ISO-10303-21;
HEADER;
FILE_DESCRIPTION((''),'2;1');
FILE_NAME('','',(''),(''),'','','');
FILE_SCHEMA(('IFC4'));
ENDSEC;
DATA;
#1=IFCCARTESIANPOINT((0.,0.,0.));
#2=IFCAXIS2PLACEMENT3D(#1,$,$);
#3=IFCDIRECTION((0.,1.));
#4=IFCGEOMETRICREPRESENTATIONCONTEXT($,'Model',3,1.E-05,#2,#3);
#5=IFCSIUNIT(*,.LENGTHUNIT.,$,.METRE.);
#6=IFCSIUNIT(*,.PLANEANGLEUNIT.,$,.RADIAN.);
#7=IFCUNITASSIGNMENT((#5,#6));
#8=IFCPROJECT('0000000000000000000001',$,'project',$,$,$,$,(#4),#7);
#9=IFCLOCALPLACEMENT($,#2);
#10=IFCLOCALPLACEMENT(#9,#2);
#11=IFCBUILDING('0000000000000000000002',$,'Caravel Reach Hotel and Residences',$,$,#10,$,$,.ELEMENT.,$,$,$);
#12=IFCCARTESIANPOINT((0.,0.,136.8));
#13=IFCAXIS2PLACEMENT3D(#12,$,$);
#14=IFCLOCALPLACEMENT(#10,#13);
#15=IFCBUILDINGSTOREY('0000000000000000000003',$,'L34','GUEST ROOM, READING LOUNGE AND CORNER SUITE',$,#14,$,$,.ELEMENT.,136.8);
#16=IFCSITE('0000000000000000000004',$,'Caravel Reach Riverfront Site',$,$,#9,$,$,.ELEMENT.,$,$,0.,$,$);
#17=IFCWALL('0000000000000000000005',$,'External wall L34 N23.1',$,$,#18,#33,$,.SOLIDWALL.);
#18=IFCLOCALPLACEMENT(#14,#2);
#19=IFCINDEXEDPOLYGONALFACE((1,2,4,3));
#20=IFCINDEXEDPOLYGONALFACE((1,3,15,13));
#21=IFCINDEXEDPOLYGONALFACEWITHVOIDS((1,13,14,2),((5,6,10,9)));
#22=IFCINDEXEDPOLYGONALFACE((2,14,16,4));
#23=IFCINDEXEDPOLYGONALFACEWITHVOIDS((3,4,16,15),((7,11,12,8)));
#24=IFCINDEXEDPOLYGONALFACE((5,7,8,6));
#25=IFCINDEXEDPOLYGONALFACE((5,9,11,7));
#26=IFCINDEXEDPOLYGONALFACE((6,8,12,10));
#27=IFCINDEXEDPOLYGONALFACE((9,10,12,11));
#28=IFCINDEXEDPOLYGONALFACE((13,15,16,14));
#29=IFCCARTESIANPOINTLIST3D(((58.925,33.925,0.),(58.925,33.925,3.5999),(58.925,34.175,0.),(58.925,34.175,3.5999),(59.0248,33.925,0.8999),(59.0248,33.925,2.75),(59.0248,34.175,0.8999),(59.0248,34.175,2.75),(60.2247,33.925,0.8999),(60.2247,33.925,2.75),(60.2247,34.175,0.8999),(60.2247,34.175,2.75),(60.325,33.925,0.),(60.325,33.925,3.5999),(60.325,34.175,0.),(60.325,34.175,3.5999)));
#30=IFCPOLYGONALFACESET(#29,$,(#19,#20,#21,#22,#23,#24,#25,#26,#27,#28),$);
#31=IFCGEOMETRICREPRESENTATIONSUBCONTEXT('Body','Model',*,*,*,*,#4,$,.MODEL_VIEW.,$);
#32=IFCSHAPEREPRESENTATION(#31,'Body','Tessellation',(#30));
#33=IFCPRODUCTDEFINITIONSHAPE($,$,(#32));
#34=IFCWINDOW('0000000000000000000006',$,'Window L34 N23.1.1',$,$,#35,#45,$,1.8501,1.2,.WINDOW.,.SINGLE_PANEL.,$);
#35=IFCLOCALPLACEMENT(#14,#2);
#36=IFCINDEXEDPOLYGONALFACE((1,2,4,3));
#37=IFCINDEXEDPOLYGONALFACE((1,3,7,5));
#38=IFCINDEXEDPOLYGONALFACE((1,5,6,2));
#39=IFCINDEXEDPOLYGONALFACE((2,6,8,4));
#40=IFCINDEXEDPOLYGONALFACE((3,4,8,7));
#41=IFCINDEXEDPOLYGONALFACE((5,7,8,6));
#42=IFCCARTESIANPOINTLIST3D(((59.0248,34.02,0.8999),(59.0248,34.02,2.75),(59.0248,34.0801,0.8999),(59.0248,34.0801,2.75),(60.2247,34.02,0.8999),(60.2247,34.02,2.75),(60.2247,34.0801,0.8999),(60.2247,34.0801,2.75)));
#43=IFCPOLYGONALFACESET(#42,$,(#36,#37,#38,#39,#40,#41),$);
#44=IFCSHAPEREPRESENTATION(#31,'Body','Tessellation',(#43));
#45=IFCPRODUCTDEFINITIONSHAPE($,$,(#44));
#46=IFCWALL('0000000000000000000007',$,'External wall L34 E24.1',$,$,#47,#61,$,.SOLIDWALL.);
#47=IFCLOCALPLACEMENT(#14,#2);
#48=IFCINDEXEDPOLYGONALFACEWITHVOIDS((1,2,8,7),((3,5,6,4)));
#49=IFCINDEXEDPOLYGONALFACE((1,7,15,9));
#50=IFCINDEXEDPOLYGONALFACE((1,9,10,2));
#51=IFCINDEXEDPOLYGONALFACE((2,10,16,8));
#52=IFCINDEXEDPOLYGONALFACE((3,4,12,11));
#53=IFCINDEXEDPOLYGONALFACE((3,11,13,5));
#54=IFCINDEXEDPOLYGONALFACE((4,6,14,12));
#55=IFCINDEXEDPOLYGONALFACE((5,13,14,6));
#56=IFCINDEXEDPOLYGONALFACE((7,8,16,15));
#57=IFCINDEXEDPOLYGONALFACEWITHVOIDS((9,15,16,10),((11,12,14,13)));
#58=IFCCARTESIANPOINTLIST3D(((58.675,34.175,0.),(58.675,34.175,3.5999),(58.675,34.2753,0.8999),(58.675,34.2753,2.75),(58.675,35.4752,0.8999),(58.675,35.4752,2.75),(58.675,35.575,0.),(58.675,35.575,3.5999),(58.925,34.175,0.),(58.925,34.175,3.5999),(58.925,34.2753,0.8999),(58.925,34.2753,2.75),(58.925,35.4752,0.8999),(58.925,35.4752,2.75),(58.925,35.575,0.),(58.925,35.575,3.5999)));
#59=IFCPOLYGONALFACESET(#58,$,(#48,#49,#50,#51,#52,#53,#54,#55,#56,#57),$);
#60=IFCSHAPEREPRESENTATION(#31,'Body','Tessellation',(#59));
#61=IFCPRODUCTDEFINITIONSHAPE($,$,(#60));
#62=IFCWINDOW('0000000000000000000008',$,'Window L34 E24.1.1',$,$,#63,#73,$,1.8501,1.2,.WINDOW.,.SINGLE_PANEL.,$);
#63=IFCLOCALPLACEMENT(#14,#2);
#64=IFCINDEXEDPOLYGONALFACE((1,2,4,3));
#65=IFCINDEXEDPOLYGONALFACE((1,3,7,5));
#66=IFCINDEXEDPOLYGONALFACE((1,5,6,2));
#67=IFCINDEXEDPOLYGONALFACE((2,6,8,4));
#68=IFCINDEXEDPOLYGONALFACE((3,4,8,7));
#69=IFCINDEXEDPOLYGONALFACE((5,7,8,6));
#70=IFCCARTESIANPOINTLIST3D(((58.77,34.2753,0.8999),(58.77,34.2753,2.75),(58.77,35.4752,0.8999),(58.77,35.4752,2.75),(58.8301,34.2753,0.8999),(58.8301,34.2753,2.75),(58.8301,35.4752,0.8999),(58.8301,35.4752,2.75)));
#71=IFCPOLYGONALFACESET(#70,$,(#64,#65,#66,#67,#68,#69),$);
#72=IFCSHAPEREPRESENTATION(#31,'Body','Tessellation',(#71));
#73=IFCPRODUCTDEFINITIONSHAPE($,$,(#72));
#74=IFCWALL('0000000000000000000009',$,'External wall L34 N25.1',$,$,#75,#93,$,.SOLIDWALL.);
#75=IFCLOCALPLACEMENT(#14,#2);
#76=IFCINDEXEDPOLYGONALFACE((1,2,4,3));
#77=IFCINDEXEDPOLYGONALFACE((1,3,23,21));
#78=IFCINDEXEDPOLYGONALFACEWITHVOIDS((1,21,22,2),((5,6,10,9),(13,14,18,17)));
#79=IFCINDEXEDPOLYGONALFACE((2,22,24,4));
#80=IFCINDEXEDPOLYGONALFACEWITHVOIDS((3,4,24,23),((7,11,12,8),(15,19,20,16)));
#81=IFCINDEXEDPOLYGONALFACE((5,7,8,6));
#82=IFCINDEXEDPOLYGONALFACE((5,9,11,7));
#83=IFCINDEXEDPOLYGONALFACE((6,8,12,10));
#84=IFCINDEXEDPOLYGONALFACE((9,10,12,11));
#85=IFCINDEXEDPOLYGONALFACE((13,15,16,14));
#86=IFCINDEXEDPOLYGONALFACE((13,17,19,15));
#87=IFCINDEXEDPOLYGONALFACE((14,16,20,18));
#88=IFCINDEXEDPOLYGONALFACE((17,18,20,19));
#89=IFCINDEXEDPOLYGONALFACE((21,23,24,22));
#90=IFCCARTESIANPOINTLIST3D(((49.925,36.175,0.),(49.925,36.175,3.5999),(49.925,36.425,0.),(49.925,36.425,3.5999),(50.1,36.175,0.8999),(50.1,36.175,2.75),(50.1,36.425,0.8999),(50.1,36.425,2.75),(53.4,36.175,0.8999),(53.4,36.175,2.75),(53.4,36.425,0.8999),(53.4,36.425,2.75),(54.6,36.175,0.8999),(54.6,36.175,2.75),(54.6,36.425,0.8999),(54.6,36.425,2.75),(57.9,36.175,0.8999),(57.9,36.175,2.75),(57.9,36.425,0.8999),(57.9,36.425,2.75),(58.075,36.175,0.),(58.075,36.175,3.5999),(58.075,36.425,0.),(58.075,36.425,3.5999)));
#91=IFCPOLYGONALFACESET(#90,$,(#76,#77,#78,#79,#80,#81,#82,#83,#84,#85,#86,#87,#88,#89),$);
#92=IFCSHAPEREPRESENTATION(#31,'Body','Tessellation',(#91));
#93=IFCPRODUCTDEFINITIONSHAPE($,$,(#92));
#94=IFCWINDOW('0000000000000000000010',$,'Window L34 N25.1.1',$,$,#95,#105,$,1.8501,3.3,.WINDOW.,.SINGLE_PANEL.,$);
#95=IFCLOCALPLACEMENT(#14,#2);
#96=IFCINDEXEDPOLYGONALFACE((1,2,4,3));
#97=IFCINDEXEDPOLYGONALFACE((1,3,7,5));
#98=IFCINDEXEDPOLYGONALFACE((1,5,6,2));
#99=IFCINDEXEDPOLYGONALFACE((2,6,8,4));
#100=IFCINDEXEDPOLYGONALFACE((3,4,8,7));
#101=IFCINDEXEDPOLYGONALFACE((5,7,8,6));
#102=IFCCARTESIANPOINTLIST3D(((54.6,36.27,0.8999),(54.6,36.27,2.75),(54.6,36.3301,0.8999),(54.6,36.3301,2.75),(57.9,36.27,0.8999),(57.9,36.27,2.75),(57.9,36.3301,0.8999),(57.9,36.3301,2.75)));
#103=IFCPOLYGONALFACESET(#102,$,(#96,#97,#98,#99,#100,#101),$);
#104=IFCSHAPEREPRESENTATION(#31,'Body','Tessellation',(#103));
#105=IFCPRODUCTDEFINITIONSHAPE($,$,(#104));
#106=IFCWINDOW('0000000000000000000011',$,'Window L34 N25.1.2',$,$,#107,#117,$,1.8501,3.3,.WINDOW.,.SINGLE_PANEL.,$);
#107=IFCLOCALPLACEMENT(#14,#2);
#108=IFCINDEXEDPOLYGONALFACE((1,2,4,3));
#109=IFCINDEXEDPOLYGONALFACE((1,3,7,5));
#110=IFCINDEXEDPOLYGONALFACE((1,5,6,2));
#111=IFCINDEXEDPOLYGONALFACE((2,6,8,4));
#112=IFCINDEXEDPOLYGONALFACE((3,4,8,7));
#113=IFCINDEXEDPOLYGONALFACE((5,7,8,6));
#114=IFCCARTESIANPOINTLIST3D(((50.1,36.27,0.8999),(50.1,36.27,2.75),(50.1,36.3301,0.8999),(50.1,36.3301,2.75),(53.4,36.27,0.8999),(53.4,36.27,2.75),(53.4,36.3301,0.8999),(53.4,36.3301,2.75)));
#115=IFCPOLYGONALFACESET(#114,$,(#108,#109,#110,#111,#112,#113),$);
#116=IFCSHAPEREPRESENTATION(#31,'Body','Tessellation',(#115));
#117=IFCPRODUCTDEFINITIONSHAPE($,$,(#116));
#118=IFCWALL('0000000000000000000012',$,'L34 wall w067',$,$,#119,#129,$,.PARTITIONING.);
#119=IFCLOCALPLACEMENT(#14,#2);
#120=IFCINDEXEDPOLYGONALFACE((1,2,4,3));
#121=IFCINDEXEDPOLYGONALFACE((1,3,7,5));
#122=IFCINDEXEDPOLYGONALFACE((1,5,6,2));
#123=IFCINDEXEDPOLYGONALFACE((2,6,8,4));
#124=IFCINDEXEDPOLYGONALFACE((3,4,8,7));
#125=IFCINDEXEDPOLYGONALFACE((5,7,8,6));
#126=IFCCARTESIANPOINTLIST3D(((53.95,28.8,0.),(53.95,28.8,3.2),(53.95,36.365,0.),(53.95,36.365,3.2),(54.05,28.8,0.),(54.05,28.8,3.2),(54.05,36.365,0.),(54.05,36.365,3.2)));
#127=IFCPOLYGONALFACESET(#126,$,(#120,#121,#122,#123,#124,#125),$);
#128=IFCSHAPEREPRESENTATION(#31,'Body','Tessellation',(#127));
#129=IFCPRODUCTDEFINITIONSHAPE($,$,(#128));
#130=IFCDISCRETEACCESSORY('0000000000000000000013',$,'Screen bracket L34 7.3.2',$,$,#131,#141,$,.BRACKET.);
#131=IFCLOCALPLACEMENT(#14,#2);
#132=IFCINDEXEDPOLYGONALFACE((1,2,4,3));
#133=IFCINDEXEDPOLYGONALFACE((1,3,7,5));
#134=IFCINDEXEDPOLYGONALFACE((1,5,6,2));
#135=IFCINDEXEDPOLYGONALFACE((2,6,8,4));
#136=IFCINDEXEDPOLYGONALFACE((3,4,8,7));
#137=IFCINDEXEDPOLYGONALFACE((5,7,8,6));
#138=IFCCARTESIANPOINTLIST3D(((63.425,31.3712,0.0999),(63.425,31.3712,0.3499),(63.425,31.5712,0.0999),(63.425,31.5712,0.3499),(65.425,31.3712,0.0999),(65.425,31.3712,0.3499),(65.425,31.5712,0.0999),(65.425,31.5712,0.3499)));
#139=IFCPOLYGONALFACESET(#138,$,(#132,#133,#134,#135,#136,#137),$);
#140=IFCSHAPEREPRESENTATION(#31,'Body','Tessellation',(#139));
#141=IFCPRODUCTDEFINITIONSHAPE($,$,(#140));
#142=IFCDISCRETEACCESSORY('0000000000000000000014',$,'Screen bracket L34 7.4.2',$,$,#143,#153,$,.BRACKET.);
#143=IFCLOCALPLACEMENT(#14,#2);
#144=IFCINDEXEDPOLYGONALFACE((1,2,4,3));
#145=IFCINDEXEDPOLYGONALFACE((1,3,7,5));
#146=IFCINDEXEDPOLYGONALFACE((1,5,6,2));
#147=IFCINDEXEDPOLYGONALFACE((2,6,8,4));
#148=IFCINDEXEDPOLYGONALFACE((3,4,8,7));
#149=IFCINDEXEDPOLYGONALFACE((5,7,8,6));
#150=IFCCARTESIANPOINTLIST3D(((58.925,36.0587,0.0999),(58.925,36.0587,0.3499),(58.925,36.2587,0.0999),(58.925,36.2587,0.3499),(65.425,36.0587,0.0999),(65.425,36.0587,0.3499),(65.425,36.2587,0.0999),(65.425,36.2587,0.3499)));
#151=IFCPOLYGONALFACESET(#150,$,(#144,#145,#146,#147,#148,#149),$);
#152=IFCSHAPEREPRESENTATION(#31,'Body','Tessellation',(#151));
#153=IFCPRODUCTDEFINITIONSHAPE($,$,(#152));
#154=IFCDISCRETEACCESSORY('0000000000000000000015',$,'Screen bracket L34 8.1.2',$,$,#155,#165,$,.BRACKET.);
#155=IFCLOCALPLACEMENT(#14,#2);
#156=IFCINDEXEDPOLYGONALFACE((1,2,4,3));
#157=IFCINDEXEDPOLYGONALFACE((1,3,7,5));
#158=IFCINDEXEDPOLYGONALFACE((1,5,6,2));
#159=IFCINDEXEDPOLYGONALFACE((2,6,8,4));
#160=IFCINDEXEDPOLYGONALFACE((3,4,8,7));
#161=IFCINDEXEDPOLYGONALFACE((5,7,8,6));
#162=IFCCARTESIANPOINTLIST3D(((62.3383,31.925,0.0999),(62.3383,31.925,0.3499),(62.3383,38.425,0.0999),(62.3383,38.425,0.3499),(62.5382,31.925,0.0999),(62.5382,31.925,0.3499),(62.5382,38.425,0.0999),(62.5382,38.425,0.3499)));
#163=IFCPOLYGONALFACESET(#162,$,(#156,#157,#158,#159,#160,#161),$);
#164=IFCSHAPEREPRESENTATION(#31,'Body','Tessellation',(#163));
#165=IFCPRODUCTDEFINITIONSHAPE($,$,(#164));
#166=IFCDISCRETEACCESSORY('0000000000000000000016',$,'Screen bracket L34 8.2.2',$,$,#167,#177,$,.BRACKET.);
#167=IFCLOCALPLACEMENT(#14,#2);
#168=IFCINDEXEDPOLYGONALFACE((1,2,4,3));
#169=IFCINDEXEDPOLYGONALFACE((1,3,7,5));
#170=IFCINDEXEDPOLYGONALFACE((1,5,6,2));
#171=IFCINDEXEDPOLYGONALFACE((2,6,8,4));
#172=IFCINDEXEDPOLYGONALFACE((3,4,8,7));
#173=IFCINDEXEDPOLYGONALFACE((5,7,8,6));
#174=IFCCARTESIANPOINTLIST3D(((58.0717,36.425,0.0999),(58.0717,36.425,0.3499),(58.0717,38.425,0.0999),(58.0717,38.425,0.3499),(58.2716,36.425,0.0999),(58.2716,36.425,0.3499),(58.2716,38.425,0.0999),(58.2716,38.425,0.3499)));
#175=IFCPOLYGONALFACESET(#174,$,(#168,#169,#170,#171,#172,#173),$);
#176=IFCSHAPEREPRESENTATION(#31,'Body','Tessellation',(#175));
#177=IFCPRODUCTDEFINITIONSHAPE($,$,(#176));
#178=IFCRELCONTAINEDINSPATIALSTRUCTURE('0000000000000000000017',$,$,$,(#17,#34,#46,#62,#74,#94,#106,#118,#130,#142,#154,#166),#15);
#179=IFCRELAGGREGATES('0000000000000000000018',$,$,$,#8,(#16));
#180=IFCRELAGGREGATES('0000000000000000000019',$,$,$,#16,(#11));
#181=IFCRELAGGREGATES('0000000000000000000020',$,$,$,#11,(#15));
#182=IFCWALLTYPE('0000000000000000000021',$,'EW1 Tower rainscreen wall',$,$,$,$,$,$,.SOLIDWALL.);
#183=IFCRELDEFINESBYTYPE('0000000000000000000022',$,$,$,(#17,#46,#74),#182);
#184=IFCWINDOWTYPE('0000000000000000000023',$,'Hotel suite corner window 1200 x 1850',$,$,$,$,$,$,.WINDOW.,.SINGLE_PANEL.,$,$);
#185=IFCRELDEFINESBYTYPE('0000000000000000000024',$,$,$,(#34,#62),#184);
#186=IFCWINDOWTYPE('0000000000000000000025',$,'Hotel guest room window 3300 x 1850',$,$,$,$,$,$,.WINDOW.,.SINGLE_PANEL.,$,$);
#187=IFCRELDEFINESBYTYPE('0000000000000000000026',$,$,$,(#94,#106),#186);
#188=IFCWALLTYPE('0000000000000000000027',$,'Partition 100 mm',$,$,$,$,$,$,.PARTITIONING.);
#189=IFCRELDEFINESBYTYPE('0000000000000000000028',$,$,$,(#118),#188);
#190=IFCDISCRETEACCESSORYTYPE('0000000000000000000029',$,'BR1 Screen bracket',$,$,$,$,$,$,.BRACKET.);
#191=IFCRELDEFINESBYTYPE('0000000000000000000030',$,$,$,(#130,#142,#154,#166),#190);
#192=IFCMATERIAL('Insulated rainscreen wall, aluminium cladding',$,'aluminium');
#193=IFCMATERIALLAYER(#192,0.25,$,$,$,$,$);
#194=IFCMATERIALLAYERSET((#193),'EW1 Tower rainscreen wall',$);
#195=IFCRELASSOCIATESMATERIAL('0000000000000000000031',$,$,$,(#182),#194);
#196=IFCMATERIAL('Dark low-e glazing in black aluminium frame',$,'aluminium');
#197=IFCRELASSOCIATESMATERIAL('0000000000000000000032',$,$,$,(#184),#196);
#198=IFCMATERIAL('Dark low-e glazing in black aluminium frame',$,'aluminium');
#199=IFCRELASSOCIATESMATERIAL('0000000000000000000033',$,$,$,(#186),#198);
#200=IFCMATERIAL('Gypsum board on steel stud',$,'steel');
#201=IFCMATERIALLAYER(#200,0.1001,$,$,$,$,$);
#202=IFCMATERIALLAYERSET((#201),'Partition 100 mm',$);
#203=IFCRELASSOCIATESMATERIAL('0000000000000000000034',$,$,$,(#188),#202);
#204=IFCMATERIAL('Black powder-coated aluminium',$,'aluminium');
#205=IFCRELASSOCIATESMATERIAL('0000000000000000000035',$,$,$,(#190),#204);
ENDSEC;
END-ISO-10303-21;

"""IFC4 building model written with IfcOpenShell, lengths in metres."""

from ifc_helpers import new_model, si_unit, direction, frame, frame_2d, origin, origin_2d, place, context, subcontext, project, spatial, rectangle, extrude, material, layer, layer_set, type_object, element, fill, save


model = new_model("IFC4")

# Units and contexts
model_context = context("Model", 3, precision=1e-05, world=origin(), true_north=direction((0.0, 1.0)))
body_context = subcontext(model_context, "Body", "Model", "MODEL_VIEW")
ifc_project = project(units=[si_unit("LENGTHUNIT", "METRE"), si_unit("PLANEANGLEUNIT", "RADIAN")], contexts=[model_context])

# Site, building, storey
site_placement = place(None, origin())
site = spatial("IfcSite", under=ifc_project, at=site_placement, Name="Caravel Reach Riverfront Site", CompositionType="ELEMENT", RefElevation=0.0)
building_placement = place(site_placement, origin())
building = spatial("IfcBuilding", under=site, at=building_placement, Name="Caravel Reach Hotel and Residences", CompositionType="ELEMENT")
storey_placement = place(building_placement, frame((0.0, 0.0, 136.8)))
storey = spatial("IfcBuildingStorey", under=building, at=storey_placement, Name="L34", Description="GUEST ROOM, READING LOUNGE AND CORNER SUITE", CompositionType="ELEMENT", Elevation=136.8)

# Walls, openings, windows
ifc_material_1 = material(Name="Insulated rainscreen wall, aluminium cladding", Category="aluminium")
ifc_layer_1 = layer(ifc_material_1, 0.25)
ifc_layer_set_1 = layer_set([ifc_layer_1], Name="EW1 Tower rainscreen wall")
wall_type_1 = type_object("IfcWallType", Name="EW1 Tower rainscreen wall", PredefinedType="SOLIDWALL", material=ifc_layer_set_1)
ifc_material_2 = material(Name="Dark low-e glazing in black aluminium frame", Category="aluminium")
window_type_1 = type_object("IfcWindowType", Name="Hotel suite corner window 1200 x 1850", PartitioningType="SINGLE_PANEL", PredefinedType="WINDOW", material=ifc_material_2)
wall_1_placement = place(storey_placement, frame((60.325, 34.05, 0.0), z_axis=(0.0, 0.0, 1.0), x_axis=(-1.0, 0.0, 0.0)))
wall_1 = element("IfcWall", 1, at=wall_1_placement, inside=storey, type_object=wall_type_1, Name="External wall L34 N23.1", PredefinedType="SOLIDWALL", context=body_context, shape_type="SweptSolid", body=[
    extrude(rectangle(XDim=1.3999, YDim=0.25, at=frame_2d((0.7, 0.0))), origin(), (0.0, 0.0, 1.0), 3.5999),
])
opening_1_placement = place(wall_1_placement, frame((0.1001, 0.0, 0.8999)))
opening_1 = element("IfcOpeningElement", 2, at=opening_1_placement, cuts=wall_1, PredefinedType="OPENING", context=body_context, shape_type="SweptSolid", body=[
    extrude(rectangle(XDim=1.2, YDim=1.8501, at=frame_2d((0.6001, 0.925))), frame((0.0, 0.135, 0.0), z_axis=(0.0, -1.0, 0.0), x_axis=(1.0, 0.0, 0.0)), (0.0, 0.0, 1.0), 0.27),
])
window_1_placement = place(opening_1_placement, origin())
window_1 = element("IfcWindow", 3, at=window_1_placement, inside=storey, type_object=window_type_1, Name="Window L34 N23.1.1", OverallHeight=1.8501, OverallWidth=1.2, PartitioningType="SINGLE_PANEL", PredefinedType="WINDOW", context=body_context, shape_type="SweptSolid", body=[
    extrude(rectangle(XDim=1.2, YDim=1.8501, at=frame_2d((0.6001, 0.925))), frame((0.0, 0.03, 0.0), z_axis=(0.0, -1.0, 0.0), x_axis=(1.0, 0.0, 0.0)), (0.0, 0.0, 1.0), 0.0601),
])
fill(opening_1, window_1)
wall_2_placement = place(storey_placement, frame((58.8, 34.175, 0.0), z_axis=(0.0, 0.0, 1.0), x_axis=(0.0, 1.0, 0.0)))
wall_2 = element("IfcWall", 4, at=wall_2_placement, inside=storey, type_object=wall_type_1, Name="External wall L34 E24.1", PredefinedType="SOLIDWALL", context=body_context, shape_type="SweptSolid", body=[
    extrude(rectangle(XDim=1.3999, YDim=0.25, at=frame_2d((0.7, 0.0))), origin(), (0.0, 0.0, 1.0), 3.5999),
])
opening_2_placement = place(wall_2_placement, frame((0.1001, 0.0, 0.8999)))
opening_2 = element("IfcOpeningElement", 5, at=opening_2_placement, cuts=wall_2, PredefinedType="OPENING", context=body_context, shape_type="SweptSolid", body=[
    extrude(rectangle(XDim=1.2, YDim=1.8501, at=frame_2d((0.6001, 0.925))), frame((0.0, 0.135, 0.0), z_axis=(0.0, -1.0, 0.0), x_axis=(1.0, 0.0, 0.0)), (0.0, 0.0, 1.0), 0.27),
])
window_2_placement = place(opening_2_placement, origin())
window_2 = element("IfcWindow", 6, at=window_2_placement, inside=storey, type_object=window_type_1, Name="Window L34 E24.1.1", OverallHeight=1.8501, OverallWidth=1.2, PartitioningType="SINGLE_PANEL", PredefinedType="WINDOW", context=body_context, shape_type="SweptSolid", body=[
    extrude(rectangle(XDim=1.2, YDim=1.8501, at=frame_2d((0.6001, 0.925))), frame((0.0, 0.03, 0.0), z_axis=(0.0, -1.0, 0.0), x_axis=(1.0, 0.0, 0.0)), (0.0, 0.0, 1.0), 0.0601),
])
fill(opening_2, window_2)

# Wall, openings, windows
wall_3_placement = place(storey_placement, frame((58.075, 36.3, 0.0), z_axis=(0.0, 0.0, 1.0), x_axis=(-1.0, 0.0, 0.0)))
wall_3 = element("IfcWall", 7, at=wall_3_placement, inside=storey, type_object=wall_type_1, Name="External wall L34 N25.1", PredefinedType="SOLIDWALL", context=body_context, shape_type="SweptSolid", body=[
    extrude(rectangle(XDim=8.1499, YDim=0.25, at=frame_2d((4.075, 0.0))), origin(), (0.0, 0.0, 1.0), 3.5999),
])
opening_3_placement = place(wall_3_placement, frame((0.175, 0.0, 0.8999)))
opening_3 = element("IfcOpeningElement", 8, at=opening_3_placement, cuts=wall_3, PredefinedType="OPENING", context=body_context, shape_type="SweptSolid", body=[
    extrude(rectangle(XDim=3.3, YDim=1.8501, at=frame_2d((1.6499, 0.925))), frame((0.0, 0.135, 0.0), z_axis=(0.0, -1.0, 0.0), x_axis=(1.0, 0.0, 0.0)), (0.0, 0.0, 1.0), 0.27),
])
opening_4_placement = place(wall_3_placement, frame((4.675, 0.0, 0.8999)))
opening_4 = element("IfcOpeningElement", 9, at=opening_4_placement, cuts=wall_3, PredefinedType="OPENING", context=body_context, shape_type="SweptSolid", body=[
    extrude(rectangle(XDim=3.3, YDim=1.8501, at=frame_2d((1.6499, 0.925))), frame((0.0, 0.135, 0.0), z_axis=(0.0, -1.0, 0.0), x_axis=(1.0, 0.0, 0.0)), (0.0, 0.0, 1.0), 0.27),
])
ifc_material_3 = material(Name="Dark low-e glazing in black aluminium frame", Category="aluminium")
window_type_2 = type_object("IfcWindowType", Name="Hotel guest room window 3300 x 1850", PartitioningType="SINGLE_PANEL", PredefinedType="WINDOW", material=ifc_material_3)
window_3_placement = place(opening_3_placement, origin())
window_3 = element("IfcWindow", 10, at=window_3_placement, inside=storey, type_object=window_type_2, Name="Window L34 N25.1.1", OverallHeight=1.8501, OverallWidth=3.3, PartitioningType="SINGLE_PANEL", PredefinedType="WINDOW", context=body_context, shape_type="SweptSolid", body=[
    extrude(rectangle(XDim=3.3, YDim=1.8501, at=frame_2d((1.6499, 0.925))), frame((0.0, 0.03, 0.0), z_axis=(0.0, -1.0, 0.0), x_axis=(1.0, 0.0, 0.0)), (0.0, 0.0, 1.0), 0.0601),
])
fill(opening_3, window_3)
window_4_placement = place(opening_4_placement, origin())
window_4 = element("IfcWindow", 11, at=window_4_placement, inside=storey, type_object=window_type_2, Name="Window L34 N25.1.2", OverallHeight=1.8501, OverallWidth=3.3, PartitioningType="SINGLE_PANEL", PredefinedType="WINDOW", context=body_context, shape_type="SweptSolid", body=[
    extrude(rectangle(XDim=3.3, YDim=1.8501, at=frame_2d((1.6499, 0.925))), frame((0.0, 0.03, 0.0), z_axis=(0.0, -1.0, 0.0), x_axis=(1.0, 0.0, 0.0)), (0.0, 0.0, 1.0), 0.0601),
])
fill(opening_4, window_4)

# Wall
ifc_material_4 = material(Name="Gypsum board on steel stud", Category="steel")
ifc_layer_2 = layer(ifc_material_4, 0.1001)
ifc_layer_set_2 = layer_set([ifc_layer_2], Name="Partition 100 mm")
wall_type_2 = type_object("IfcWallType", Name="Partition 100 mm", PredefinedType="PARTITIONING", material=ifc_layer_set_2)
wall_4_placement = place(storey_placement, frame((54.0, 28.8, 0.0), z_axis=(0.0, 0.0, 1.0), x_axis=(0.0, 1.0, 0.0)))
element("IfcWall", 12, at=wall_4_placement, inside=storey, type_object=wall_type_2, Name="L34 wall w067", PredefinedType="PARTITIONING", context=body_context, shape_type="SweptSolid", body=[
    extrude(rectangle(XDim=7.5649, YDim=0.1001, at=frame_2d((3.7825, 0.0))), origin(), (0.0, 0.0, 1.0), 3.2),
])

# Discrete accessories
ifc_material_5 = material(Name="Black powder-coated aluminium", Category="aluminium")
discrete_accessory_type = type_object("IfcDiscreteAccessoryType", Name="BR1 Screen bracket", PredefinedType="BRACKET", material=ifc_material_5)
discrete_accessory_placement = place(storey_placement, frame((64.425, 31.4712, 0.0999), z_axis=(0.0, 0.0, 1.0), x_axis=(1.0, 0.0, 0.0)))
element("IfcDiscreteAccessory", 13, at=discrete_accessory_placement, inside=storey, type_object=discrete_accessory_type, Name="Screen bracket L34 7.3.2", PredefinedType="BRACKET", context=body_context, shape_type="SweptSolid", body=[
    extrude(rectangle(XDim=2.0, YDim=0.2, at=origin_2d()), origin(), (0.0, 0.0, 1.0), 0.25),
])
for number, where, z_axis, x_axis, name in (
    (14, (62.175, 36.1587, 0.0999), (0.0, 0.0, 1.0), (1.0, 0.0, 0.0), "Screen bracket L34 7.4.2"),
    (15, (62.4382, 35.175, 0.0999), (0.0, 0.0, 1.0), (0.0, 1.0, 0.0), "Screen bracket L34 8.1.2"),
):
    element("IfcDiscreteAccessory", number, at=place(storey_placement, frame(where, z_axis=z_axis, x_axis=x_axis)), inside=storey, type_object=discrete_accessory_type, Name=name, PredefinedType="BRACKET", context=body_context, shape_type="SweptSolid", body=[
        extrude(rectangle(XDim=6.5, YDim=0.2, at=origin_2d()), origin(), (0.0, 0.0, 1.0), 0.25),
    ])
for number, where, z_axis, x_axis, name in (
    (16, (58.1716, 37.425, 0.0999), (0.0, 0.0, 1.0), (0.0, 1.0, 0.0), "Screen bracket L34 8.2.2"),
):
    element("IfcDiscreteAccessory", number, at=place(storey_placement, frame(where, z_axis=z_axis, x_axis=x_axis)), inside=storey, type_object=discrete_accessory_type, Name=name, PredefinedType="BRACKET", context=body_context, shape_type="SweptSolid", body=[
        extrude(rectangle(XDim=2.0, YDim=0.2, at=origin_2d()), origin(), (0.0, 0.0, 1.0), 0.25),
    ])

save(model, "model.ifc")
